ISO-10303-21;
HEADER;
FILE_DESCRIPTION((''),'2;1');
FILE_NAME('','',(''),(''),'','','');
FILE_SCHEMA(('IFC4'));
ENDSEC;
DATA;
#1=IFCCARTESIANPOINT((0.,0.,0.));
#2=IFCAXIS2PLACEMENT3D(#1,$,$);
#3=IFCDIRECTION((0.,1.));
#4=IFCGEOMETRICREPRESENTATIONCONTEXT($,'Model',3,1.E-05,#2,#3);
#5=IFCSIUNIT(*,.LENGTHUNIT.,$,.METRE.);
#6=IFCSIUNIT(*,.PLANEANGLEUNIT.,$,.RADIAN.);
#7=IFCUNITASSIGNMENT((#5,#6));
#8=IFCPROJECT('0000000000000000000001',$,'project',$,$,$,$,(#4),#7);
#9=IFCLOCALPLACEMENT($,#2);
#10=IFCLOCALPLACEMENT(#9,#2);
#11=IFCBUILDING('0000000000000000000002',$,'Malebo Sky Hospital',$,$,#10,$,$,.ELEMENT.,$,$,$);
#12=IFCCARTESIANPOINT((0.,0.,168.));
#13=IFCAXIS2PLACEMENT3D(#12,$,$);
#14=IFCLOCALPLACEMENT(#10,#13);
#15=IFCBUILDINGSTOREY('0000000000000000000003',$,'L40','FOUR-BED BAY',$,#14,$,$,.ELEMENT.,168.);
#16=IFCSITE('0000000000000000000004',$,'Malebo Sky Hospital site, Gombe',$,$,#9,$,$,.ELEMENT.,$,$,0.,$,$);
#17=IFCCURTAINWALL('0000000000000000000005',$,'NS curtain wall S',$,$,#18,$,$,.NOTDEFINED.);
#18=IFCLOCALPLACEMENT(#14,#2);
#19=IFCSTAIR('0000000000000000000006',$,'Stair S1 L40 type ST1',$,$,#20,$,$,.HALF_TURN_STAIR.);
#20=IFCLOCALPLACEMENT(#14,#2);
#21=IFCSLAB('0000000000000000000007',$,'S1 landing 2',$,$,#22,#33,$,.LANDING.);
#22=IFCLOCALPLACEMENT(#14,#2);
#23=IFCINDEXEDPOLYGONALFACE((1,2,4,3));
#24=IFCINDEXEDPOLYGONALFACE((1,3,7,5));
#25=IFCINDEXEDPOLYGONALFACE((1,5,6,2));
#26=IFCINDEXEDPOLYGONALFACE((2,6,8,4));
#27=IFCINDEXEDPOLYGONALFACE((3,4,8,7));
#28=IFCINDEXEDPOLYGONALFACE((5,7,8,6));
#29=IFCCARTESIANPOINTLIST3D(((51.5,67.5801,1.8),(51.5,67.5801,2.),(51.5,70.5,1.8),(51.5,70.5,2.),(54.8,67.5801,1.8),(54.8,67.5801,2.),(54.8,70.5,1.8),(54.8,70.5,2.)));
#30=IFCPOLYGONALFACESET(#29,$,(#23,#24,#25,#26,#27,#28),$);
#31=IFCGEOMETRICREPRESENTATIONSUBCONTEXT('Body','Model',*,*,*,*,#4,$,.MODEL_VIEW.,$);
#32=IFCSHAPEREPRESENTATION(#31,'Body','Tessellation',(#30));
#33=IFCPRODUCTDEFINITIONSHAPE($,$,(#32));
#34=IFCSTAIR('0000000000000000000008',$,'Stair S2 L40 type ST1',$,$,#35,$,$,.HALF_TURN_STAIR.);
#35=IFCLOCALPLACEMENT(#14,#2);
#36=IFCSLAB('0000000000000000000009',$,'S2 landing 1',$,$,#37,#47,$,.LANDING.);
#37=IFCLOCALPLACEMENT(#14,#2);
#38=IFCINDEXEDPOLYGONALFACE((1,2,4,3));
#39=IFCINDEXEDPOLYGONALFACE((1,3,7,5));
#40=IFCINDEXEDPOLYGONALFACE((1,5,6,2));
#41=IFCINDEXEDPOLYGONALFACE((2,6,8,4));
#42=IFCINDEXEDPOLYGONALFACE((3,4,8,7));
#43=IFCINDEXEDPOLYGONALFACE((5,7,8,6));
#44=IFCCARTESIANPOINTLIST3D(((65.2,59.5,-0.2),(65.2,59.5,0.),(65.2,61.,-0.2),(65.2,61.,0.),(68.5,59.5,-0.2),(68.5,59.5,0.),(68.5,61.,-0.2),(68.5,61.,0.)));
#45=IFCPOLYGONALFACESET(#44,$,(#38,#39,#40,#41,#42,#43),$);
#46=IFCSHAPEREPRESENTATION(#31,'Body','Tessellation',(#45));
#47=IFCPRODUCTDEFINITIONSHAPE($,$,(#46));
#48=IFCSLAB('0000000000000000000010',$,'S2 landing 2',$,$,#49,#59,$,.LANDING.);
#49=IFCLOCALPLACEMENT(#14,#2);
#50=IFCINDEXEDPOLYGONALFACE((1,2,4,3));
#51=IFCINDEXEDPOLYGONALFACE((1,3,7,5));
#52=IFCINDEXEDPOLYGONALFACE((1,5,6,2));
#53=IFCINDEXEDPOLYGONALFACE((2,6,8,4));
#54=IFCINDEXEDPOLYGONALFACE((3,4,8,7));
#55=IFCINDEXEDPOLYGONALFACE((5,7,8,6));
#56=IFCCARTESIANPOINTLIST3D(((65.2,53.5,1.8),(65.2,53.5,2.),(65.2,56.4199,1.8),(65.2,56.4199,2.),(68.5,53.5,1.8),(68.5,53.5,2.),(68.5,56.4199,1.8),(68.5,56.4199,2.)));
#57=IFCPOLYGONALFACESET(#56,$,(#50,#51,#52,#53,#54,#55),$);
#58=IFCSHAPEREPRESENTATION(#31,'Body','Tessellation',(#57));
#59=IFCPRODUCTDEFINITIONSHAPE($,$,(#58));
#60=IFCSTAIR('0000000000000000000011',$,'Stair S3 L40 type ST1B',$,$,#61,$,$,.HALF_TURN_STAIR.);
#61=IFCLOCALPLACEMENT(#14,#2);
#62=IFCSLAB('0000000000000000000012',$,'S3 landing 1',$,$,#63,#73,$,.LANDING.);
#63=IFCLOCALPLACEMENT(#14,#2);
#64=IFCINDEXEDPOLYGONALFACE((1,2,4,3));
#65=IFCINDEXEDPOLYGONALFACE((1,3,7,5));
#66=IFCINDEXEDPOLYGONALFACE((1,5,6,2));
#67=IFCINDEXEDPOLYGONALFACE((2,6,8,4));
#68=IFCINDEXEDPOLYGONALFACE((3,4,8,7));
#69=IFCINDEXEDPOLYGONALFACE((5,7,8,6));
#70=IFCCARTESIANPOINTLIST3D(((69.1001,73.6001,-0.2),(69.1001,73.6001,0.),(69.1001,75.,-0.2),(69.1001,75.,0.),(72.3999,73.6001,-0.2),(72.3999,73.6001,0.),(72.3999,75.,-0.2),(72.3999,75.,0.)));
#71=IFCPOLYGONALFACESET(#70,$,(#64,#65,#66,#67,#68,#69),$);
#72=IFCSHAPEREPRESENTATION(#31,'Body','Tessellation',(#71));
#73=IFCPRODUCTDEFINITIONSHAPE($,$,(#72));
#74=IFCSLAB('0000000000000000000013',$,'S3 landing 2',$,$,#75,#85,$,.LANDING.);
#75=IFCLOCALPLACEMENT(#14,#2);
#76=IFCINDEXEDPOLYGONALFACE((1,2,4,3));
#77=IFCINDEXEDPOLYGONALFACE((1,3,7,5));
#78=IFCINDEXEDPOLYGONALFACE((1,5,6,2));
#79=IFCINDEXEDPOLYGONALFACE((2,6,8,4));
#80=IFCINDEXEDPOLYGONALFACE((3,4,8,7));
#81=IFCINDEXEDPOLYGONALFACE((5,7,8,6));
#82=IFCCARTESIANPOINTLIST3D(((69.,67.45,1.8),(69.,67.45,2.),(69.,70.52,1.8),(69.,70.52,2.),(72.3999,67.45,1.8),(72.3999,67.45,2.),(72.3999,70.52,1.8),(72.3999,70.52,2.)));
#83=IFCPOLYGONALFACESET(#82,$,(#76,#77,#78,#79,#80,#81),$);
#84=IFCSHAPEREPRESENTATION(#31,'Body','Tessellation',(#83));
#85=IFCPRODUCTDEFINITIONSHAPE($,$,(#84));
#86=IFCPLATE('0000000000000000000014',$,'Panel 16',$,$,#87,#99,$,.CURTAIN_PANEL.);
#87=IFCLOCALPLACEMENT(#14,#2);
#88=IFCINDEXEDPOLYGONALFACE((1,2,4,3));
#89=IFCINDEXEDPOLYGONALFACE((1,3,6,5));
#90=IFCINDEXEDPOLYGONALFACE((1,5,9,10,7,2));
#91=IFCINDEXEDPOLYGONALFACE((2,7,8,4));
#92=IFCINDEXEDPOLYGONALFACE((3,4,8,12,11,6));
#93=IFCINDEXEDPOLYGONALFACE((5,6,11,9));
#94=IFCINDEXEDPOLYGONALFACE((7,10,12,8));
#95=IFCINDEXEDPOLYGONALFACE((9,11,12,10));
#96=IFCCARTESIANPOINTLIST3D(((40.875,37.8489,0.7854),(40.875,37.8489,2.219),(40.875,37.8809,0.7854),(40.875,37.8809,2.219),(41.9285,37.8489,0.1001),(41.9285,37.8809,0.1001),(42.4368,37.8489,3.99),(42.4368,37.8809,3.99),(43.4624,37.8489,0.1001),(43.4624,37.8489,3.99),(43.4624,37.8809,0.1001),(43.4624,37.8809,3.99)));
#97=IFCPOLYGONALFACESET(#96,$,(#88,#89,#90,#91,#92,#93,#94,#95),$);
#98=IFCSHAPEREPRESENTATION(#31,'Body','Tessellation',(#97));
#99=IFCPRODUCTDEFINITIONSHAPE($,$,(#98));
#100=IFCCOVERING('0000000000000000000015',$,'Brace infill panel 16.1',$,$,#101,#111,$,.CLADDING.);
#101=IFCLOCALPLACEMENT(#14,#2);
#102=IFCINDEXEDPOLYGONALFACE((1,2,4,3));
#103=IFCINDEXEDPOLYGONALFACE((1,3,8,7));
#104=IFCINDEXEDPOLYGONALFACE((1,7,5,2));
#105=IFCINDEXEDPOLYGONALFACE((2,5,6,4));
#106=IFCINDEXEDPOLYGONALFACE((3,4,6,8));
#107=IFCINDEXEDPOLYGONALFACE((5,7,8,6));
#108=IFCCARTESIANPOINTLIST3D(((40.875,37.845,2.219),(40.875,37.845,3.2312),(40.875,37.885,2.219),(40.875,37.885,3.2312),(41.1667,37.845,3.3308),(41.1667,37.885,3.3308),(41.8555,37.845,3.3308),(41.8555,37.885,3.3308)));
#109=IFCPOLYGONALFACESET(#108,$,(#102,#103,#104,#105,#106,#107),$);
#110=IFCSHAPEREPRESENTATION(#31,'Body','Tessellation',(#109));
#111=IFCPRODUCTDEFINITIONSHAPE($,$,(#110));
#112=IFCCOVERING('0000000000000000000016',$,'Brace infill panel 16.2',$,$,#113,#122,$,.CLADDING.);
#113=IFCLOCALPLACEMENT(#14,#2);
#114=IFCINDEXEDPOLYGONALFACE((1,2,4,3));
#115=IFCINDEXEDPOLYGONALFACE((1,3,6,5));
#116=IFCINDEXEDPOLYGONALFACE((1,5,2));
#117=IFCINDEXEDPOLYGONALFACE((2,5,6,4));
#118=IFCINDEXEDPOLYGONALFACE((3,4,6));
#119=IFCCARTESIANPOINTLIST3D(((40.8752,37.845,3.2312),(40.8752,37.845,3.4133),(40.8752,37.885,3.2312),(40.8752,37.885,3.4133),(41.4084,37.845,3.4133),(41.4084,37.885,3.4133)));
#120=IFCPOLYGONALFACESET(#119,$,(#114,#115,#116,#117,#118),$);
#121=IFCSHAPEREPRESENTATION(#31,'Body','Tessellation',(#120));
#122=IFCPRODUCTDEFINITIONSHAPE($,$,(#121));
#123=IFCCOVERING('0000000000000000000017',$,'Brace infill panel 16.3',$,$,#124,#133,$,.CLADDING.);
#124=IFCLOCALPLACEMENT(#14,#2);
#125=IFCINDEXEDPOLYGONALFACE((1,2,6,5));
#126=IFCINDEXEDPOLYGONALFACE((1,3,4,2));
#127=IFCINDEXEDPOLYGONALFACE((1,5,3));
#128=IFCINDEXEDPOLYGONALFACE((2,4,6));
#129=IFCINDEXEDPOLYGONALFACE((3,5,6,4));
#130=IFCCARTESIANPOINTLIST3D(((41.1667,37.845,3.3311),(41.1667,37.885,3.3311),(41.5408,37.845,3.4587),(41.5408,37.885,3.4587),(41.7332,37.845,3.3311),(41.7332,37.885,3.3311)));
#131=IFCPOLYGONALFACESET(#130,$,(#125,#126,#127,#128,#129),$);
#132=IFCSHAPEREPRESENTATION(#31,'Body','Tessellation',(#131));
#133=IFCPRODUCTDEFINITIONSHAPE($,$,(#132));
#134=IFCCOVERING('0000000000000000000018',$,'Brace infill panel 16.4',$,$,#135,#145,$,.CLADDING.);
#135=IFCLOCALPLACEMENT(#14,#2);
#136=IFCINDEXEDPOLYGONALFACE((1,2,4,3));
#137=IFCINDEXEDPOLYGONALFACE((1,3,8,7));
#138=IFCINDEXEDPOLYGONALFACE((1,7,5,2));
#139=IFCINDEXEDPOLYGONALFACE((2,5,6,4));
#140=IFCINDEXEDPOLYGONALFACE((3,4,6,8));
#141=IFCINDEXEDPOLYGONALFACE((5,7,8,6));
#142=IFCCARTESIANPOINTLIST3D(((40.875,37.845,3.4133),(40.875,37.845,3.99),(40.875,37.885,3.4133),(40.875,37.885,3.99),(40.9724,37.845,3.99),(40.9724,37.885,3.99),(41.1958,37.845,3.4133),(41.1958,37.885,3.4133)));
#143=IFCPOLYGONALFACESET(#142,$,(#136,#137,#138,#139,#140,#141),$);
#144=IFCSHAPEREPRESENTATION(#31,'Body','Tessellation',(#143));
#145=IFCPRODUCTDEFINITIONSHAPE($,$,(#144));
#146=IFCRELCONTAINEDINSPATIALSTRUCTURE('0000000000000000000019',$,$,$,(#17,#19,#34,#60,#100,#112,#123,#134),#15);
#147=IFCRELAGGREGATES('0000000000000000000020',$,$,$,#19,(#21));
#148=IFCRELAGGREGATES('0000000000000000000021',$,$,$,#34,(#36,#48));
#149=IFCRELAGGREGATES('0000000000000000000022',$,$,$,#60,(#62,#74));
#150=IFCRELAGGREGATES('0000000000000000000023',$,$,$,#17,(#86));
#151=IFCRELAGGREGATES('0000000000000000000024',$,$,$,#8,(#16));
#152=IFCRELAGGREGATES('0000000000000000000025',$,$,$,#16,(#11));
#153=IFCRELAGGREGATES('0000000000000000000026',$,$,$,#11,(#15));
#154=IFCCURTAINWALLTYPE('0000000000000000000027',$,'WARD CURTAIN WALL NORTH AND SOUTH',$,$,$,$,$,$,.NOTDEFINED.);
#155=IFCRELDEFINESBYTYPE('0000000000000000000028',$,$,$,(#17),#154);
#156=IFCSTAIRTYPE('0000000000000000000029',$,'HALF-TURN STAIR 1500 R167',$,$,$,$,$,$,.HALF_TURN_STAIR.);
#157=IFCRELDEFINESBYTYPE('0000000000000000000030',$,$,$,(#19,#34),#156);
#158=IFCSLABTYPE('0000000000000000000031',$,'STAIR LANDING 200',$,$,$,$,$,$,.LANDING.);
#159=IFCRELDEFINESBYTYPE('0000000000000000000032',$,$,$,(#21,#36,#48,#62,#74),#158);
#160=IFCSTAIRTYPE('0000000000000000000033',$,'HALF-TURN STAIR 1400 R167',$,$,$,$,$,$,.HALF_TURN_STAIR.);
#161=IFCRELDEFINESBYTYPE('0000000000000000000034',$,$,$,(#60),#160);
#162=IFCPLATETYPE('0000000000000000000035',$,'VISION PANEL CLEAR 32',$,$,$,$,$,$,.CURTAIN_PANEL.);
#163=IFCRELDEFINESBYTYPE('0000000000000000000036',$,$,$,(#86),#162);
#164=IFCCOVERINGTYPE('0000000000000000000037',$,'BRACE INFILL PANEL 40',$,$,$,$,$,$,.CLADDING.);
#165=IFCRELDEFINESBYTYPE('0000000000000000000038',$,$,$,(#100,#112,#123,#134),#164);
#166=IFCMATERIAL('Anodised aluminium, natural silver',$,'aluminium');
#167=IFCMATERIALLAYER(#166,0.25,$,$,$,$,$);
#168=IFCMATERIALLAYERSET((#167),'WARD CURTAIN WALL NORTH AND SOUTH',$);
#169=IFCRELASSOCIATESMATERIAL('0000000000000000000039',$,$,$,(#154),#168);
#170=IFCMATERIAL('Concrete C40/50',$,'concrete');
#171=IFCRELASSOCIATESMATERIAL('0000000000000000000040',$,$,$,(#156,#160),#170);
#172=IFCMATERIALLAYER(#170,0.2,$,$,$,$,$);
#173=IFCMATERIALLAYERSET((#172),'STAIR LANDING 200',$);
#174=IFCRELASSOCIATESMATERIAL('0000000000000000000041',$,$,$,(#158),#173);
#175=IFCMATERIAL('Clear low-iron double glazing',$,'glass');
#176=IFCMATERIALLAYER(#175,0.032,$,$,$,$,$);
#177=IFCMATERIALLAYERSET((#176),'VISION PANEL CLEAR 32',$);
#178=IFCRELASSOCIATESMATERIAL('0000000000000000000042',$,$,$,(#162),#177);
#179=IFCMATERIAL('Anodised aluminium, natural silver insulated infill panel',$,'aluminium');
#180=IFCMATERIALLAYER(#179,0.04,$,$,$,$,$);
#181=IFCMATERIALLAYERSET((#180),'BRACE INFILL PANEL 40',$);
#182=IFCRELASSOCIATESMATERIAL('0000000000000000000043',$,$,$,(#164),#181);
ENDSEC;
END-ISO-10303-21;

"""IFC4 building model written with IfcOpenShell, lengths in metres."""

from ifc_helpers import new_model, si_unit, direction, frame, origin, place, context, subcontext, project, spatial, polyline, outline, extrude, material, layer, layer_set, type_object, element, aggregate, save


model = new_model("IFC4")

# Units and contexts
model_context = context("Model", 3, precision=1e-05, world=origin(), true_north=direction((0.0, 1.0)))
body_context = subcontext(model_context, "Body", "Model", "MODEL_VIEW")
ifc_project = project(units=[si_unit("LENGTHUNIT", "METRE"), si_unit("PLANEANGLEUNIT", "RADIAN")], contexts=[model_context])

# Site, building, storey
site_placement = place(None, origin())
site = spatial("IfcSite", under=ifc_project, at=site_placement, Name="Malebo Sky Hospital site, Gombe", CompositionType="ELEMENT", RefElevation=0.0)
building_placement = place(site_placement, origin())
building = spatial("IfcBuilding", under=site, at=building_placement, Name="Malebo Sky Hospital", CompositionType="ELEMENT")
storey_placement = place(building_placement, frame((0.0, 0.0, 168.0)))
storey = spatial("IfcBuildingStorey", under=building, at=storey_placement, Name="L40", Description="FOUR-BED BAY", CompositionType="ELEMENT", Elevation=168.0)

# Curtain wall
ifc_material_1 = material(Name="Anodised aluminium, natural silver", Category="aluminium")
ifc_layer_1 = layer(ifc_material_1, 0.25)
ifc_layer_set_1 = layer_set([ifc_layer_1], Name="WARD CURTAIN WALL NORTH AND SOUTH")
curtain_wall_type = type_object("IfcCurtainWallType", Name="WARD CURTAIN WALL NORTH AND SOUTH", PredefinedType="NOTDEFINED", material=ifc_layer_set_1)
curtain_wall_placement = place(storey_placement, origin())
curtain_wall = element("IfcCurtainWall", 1, at=curtain_wall_placement, inside=storey, type_object=curtain_wall_type, Name="NS curtain wall S", PredefinedType="NOTDEFINED")

# Shared definitions
ifc_material_2 = material(Name="Concrete C40/50", Category="concrete")

# Stairs, slabs
stair_type_1 = type_object("IfcStairType", Name="HALF-TURN STAIR 1500 R167", PredefinedType="HALF_TURN_STAIR", material=ifc_material_2)
stair_1_placement = place(storey_placement, origin())
stair_1 = element("IfcStair", 2, at=stair_1_placement, inside=storey, type_object=stair_type_1, Name="Stair S1 L40 type ST1", PredefinedType="HALF_TURN_STAIR")
ifc_layer_2 = layer(ifc_material_2, 0.2)
ifc_layer_set_2 = layer_set([ifc_layer_2], Name="STAIR LANDING 200")
slab_type_1 = type_object("IfcSlabType", Name="STAIR LANDING 200", PredefinedType="LANDING", material=ifc_layer_set_2)
slab_1_placement = place(storey_placement, frame((0.0, 0.0, 1.8)))
slab_1 = element("IfcSlab", 3, at=slab_1_placement, type_object=slab_type_1, Name="S1 landing 2", PredefinedType="LANDING", context=body_context, shape_type="SweptSolid", body=[
    extrude(outline(polyline([(51.5, 67.5801), (54.8, 67.5801), (54.8, 70.5), (51.5, 70.5), (51.5, 67.5801)])), origin(), (0.0, 0.0, 1.0), 0.2),
])
aggregate(stair_1, [slab_1])
stair_2_placement = place(storey_placement, origin())
stair_2 = element("IfcStair", 4, at=stair_2_placement, inside=storey, type_object=stair_type_1, Name="Stair S2 L40 type ST1", PredefinedType="HALF_TURN_STAIR")
slab_2_placement = place(storey_placement, frame((0.0, 0.0, -0.2)))
slab_2 = element("IfcSlab", 5, at=slab_2_placement, type_object=slab_type_1, Name="S2 landing 1", PredefinedType="LANDING", context=body_context, shape_type="SweptSolid", body=[
    extrude(outline(polyline([(65.2, 59.5), (68.5, 59.5), (68.5, 61.0), (65.2, 61.0), (65.2, 59.5)])), origin(), (0.0, 0.0, 1.0), 0.2),
])
slab_3_placement = place(storey_placement, frame((0.0, 0.0, 1.8)))
slab_3 = element("IfcSlab", 6, at=slab_3_placement, type_object=slab_type_1, Name="S2 landing 2", PredefinedType="LANDING", context=body_context, shape_type="SweptSolid", body=[
    extrude(outline(polyline([(65.2, 53.5), (68.5, 53.5), (68.5, 56.4199), (65.2, 56.4199), (65.2, 53.5)])), origin(), (0.0, 0.0, 1.0), 0.2),
])
aggregate(stair_2, [slab_2, slab_3])
stair_type_2 = type_object("IfcStairType", Name="HALF-TURN STAIR 1400 R167", PredefinedType="HALF_TURN_STAIR", material=ifc_material_2)
stair_3_placement = place(storey_placement, origin())
stair_3 = element("IfcStair", 7, at=stair_3_placement, inside=storey, type_object=stair_type_2, Name="Stair S3 L40 type ST1B", PredefinedType="HALF_TURN_STAIR")
slab_4_placement = place(storey_placement, frame((0.0, 0.0, -0.2)))
slab_4 = element("IfcSlab", 8, at=slab_4_placement, type_object=slab_type_1, Name="S3 landing 1", PredefinedType="LANDING", context=body_context, shape_type="SweptSolid", body=[
    extrude(outline(polyline([(69.1001, 73.6001), (72.3999, 73.6001), (72.3999, 75.0), (69.1001, 75.0), (69.1001, 73.6001)])), origin(), (0.0, 0.0, 1.0), 0.2),
])
slab_5_placement = place(storey_placement, frame((0.0, 0.0, 1.8)))
slab_5 = element("IfcSlab", 9, at=slab_5_placement, type_object=slab_type_1, Name="S3 landing 2", PredefinedType="LANDING", context=body_context, shape_type="SweptSolid", body=[
    extrude(outline(polyline([(69.0, 67.45), (72.3999, 67.45), (72.3999, 70.52), (69.0, 70.52), (69.0, 67.45)])), origin(), (0.0, 0.0, 1.0), 0.2),
])
aggregate(stair_3, [slab_4, slab_5])

# Plate
ifc_material_3 = material(Name="Clear low-iron double glazing", Category="glass")
ifc_layer_3 = layer(ifc_material_3, 0.032)
ifc_layer_set_3 = layer_set([ifc_layer_3], Name="VISION PANEL CLEAR 32")
plate_type = type_object("IfcPlateType", Name="VISION PANEL CLEAR 32", PredefinedType="CURTAIN_PANEL", material=ifc_layer_set_3)
plate_placement = place(storey_placement, frame((42.1687, 37.865, 0.1001), z_axis=(0.0, 0.0, 1.0), x_axis=(-1.0, 0.0, 0.0)))
plate = element("IfcPlate", 10, at=plate_placement, type_object=plate_type, Name="Panel 16", PredefinedType="CURTAIN_PANEL", context=body_context, shape_type="SweptSolid", body=[
    extrude(outline(polyline([(-1.2937, 0.0), (0.2402, 0.0), (1.2937, 0.6853), (1.2937, 2.1189), (-0.2681, 3.8899), (-1.2937, 3.8899), (-1.2937, 0.0)])), frame((0.0, 0.0161, 0.0), z_axis=(0.0, -1.0, 0.0), x_axis=(1.0, 0.0, 0.0)), (0.0, 0.0, 1.0), 0.032),
])
aggregate(curtain_wall, [plate])

# Coverings
ifc_material_4 = material(Name="Anodised aluminium, natural silver insulated infill panel", Category="aluminium")
ifc_layer_4 = layer(ifc_material_4, 0.04)
ifc_layer_set_4 = layer_set([ifc_layer_4], Name="BRACE INFILL PANEL 40")
covering_type = type_object("IfcCoveringType", Name="BRACE INFILL PANEL 40", PredefinedType="CLADDING", material=ifc_layer_set_4)
covering_1_placement = place(storey_placement, frame((41.3652, 37.865, 2.219), z_axis=(0.0, 0.0, 1.0), x_axis=(-1.0, 0.0, 0.0)))
element("IfcCovering", 11, at=covering_1_placement, inside=storey, type_object=covering_type, Name="Brace infill panel 16.1", PredefinedType="CLADDING", context=body_context, shape_type="SweptSolid", body=[
    extrude(outline(polyline([(0.4902, 0.0), (0.4902, 1.0122), (0.1985, 1.1118), (-0.4902, 1.1118), (0.4902, 0.0)])), frame((0.0, 0.02, 0.0), z_axis=(0.0, -1.0, 0.0), x_axis=(1.0, 0.0, 0.0)), (0.0, 0.0, 1.0), 0.04),
])
covering_2_placement = place(storey_placement, frame((41.1418, 37.865, 3.2312), z_axis=(0.0, 0.0, 1.0), x_axis=(-1.0, 0.0, 0.0)))
element("IfcCovering", 12, at=covering_2_placement, inside=storey, type_object=covering_type, Name="Brace infill panel 16.2", PredefinedType="CLADDING", context=body_context, shape_type="SweptSolid", body=[
    extrude(outline(polyline([(0.2666, 0.0), (0.2666, 0.1821), (-0.2666, 0.1821), (0.2666, 0.0)])), frame((0.0, 0.02, 0.0), z_axis=(0.0, -1.0, 0.0), x_axis=(1.0, 0.0, 0.0)), (0.0, 0.0, 1.0), 0.04),
])
covering_3_placement = place(storey_placement, frame((41.45, 37.865, 3.3311), z_axis=(0.0, 0.0, 1.0), x_axis=(-1.0, 0.0, 0.0)))
element("IfcCovering", 13, at=covering_3_placement, inside=storey, type_object=covering_type, Name="Brace infill panel 16.3", PredefinedType="CLADDING", context=body_context, shape_type="SweptSolid", body=[
    extrude(outline(polyline([(-0.2832, 0.0), (0.2832, 0.0), (-0.0908, 0.1277), (-0.2832, 0.0)])), frame((0.0, 0.02, 0.0), z_axis=(0.0, -1.0, 0.0), x_axis=(1.0, 0.0, 0.0)), (0.0, 0.0, 1.0), 0.04),
])
covering_4_placement = place(storey_placement, frame((41.0354, 37.865, 3.4133), z_axis=(0.0, 0.0, 1.0), x_axis=(-1.0, 0.0, 0.0)))
element("IfcCovering", 14, at=covering_4_placement, inside=storey, type_object=covering_type, Name="Brace infill panel 16.4", PredefinedType="CLADDING", context=body_context, shape_type="SweptSolid", body=[
    extrude(outline(polyline([(-0.1604, 0.0), (0.1604, 0.0), (0.1604, 0.5767), (0.063, 0.5767), (-0.1604, 0.0)])), frame((0.0, 0.02, 0.0), z_axis=(0.0, -1.0, 0.0), x_axis=(1.0, 0.0, 0.0)), (0.0, 0.0, 1.0), 0.04),
])

save(model, "model.ifc")
